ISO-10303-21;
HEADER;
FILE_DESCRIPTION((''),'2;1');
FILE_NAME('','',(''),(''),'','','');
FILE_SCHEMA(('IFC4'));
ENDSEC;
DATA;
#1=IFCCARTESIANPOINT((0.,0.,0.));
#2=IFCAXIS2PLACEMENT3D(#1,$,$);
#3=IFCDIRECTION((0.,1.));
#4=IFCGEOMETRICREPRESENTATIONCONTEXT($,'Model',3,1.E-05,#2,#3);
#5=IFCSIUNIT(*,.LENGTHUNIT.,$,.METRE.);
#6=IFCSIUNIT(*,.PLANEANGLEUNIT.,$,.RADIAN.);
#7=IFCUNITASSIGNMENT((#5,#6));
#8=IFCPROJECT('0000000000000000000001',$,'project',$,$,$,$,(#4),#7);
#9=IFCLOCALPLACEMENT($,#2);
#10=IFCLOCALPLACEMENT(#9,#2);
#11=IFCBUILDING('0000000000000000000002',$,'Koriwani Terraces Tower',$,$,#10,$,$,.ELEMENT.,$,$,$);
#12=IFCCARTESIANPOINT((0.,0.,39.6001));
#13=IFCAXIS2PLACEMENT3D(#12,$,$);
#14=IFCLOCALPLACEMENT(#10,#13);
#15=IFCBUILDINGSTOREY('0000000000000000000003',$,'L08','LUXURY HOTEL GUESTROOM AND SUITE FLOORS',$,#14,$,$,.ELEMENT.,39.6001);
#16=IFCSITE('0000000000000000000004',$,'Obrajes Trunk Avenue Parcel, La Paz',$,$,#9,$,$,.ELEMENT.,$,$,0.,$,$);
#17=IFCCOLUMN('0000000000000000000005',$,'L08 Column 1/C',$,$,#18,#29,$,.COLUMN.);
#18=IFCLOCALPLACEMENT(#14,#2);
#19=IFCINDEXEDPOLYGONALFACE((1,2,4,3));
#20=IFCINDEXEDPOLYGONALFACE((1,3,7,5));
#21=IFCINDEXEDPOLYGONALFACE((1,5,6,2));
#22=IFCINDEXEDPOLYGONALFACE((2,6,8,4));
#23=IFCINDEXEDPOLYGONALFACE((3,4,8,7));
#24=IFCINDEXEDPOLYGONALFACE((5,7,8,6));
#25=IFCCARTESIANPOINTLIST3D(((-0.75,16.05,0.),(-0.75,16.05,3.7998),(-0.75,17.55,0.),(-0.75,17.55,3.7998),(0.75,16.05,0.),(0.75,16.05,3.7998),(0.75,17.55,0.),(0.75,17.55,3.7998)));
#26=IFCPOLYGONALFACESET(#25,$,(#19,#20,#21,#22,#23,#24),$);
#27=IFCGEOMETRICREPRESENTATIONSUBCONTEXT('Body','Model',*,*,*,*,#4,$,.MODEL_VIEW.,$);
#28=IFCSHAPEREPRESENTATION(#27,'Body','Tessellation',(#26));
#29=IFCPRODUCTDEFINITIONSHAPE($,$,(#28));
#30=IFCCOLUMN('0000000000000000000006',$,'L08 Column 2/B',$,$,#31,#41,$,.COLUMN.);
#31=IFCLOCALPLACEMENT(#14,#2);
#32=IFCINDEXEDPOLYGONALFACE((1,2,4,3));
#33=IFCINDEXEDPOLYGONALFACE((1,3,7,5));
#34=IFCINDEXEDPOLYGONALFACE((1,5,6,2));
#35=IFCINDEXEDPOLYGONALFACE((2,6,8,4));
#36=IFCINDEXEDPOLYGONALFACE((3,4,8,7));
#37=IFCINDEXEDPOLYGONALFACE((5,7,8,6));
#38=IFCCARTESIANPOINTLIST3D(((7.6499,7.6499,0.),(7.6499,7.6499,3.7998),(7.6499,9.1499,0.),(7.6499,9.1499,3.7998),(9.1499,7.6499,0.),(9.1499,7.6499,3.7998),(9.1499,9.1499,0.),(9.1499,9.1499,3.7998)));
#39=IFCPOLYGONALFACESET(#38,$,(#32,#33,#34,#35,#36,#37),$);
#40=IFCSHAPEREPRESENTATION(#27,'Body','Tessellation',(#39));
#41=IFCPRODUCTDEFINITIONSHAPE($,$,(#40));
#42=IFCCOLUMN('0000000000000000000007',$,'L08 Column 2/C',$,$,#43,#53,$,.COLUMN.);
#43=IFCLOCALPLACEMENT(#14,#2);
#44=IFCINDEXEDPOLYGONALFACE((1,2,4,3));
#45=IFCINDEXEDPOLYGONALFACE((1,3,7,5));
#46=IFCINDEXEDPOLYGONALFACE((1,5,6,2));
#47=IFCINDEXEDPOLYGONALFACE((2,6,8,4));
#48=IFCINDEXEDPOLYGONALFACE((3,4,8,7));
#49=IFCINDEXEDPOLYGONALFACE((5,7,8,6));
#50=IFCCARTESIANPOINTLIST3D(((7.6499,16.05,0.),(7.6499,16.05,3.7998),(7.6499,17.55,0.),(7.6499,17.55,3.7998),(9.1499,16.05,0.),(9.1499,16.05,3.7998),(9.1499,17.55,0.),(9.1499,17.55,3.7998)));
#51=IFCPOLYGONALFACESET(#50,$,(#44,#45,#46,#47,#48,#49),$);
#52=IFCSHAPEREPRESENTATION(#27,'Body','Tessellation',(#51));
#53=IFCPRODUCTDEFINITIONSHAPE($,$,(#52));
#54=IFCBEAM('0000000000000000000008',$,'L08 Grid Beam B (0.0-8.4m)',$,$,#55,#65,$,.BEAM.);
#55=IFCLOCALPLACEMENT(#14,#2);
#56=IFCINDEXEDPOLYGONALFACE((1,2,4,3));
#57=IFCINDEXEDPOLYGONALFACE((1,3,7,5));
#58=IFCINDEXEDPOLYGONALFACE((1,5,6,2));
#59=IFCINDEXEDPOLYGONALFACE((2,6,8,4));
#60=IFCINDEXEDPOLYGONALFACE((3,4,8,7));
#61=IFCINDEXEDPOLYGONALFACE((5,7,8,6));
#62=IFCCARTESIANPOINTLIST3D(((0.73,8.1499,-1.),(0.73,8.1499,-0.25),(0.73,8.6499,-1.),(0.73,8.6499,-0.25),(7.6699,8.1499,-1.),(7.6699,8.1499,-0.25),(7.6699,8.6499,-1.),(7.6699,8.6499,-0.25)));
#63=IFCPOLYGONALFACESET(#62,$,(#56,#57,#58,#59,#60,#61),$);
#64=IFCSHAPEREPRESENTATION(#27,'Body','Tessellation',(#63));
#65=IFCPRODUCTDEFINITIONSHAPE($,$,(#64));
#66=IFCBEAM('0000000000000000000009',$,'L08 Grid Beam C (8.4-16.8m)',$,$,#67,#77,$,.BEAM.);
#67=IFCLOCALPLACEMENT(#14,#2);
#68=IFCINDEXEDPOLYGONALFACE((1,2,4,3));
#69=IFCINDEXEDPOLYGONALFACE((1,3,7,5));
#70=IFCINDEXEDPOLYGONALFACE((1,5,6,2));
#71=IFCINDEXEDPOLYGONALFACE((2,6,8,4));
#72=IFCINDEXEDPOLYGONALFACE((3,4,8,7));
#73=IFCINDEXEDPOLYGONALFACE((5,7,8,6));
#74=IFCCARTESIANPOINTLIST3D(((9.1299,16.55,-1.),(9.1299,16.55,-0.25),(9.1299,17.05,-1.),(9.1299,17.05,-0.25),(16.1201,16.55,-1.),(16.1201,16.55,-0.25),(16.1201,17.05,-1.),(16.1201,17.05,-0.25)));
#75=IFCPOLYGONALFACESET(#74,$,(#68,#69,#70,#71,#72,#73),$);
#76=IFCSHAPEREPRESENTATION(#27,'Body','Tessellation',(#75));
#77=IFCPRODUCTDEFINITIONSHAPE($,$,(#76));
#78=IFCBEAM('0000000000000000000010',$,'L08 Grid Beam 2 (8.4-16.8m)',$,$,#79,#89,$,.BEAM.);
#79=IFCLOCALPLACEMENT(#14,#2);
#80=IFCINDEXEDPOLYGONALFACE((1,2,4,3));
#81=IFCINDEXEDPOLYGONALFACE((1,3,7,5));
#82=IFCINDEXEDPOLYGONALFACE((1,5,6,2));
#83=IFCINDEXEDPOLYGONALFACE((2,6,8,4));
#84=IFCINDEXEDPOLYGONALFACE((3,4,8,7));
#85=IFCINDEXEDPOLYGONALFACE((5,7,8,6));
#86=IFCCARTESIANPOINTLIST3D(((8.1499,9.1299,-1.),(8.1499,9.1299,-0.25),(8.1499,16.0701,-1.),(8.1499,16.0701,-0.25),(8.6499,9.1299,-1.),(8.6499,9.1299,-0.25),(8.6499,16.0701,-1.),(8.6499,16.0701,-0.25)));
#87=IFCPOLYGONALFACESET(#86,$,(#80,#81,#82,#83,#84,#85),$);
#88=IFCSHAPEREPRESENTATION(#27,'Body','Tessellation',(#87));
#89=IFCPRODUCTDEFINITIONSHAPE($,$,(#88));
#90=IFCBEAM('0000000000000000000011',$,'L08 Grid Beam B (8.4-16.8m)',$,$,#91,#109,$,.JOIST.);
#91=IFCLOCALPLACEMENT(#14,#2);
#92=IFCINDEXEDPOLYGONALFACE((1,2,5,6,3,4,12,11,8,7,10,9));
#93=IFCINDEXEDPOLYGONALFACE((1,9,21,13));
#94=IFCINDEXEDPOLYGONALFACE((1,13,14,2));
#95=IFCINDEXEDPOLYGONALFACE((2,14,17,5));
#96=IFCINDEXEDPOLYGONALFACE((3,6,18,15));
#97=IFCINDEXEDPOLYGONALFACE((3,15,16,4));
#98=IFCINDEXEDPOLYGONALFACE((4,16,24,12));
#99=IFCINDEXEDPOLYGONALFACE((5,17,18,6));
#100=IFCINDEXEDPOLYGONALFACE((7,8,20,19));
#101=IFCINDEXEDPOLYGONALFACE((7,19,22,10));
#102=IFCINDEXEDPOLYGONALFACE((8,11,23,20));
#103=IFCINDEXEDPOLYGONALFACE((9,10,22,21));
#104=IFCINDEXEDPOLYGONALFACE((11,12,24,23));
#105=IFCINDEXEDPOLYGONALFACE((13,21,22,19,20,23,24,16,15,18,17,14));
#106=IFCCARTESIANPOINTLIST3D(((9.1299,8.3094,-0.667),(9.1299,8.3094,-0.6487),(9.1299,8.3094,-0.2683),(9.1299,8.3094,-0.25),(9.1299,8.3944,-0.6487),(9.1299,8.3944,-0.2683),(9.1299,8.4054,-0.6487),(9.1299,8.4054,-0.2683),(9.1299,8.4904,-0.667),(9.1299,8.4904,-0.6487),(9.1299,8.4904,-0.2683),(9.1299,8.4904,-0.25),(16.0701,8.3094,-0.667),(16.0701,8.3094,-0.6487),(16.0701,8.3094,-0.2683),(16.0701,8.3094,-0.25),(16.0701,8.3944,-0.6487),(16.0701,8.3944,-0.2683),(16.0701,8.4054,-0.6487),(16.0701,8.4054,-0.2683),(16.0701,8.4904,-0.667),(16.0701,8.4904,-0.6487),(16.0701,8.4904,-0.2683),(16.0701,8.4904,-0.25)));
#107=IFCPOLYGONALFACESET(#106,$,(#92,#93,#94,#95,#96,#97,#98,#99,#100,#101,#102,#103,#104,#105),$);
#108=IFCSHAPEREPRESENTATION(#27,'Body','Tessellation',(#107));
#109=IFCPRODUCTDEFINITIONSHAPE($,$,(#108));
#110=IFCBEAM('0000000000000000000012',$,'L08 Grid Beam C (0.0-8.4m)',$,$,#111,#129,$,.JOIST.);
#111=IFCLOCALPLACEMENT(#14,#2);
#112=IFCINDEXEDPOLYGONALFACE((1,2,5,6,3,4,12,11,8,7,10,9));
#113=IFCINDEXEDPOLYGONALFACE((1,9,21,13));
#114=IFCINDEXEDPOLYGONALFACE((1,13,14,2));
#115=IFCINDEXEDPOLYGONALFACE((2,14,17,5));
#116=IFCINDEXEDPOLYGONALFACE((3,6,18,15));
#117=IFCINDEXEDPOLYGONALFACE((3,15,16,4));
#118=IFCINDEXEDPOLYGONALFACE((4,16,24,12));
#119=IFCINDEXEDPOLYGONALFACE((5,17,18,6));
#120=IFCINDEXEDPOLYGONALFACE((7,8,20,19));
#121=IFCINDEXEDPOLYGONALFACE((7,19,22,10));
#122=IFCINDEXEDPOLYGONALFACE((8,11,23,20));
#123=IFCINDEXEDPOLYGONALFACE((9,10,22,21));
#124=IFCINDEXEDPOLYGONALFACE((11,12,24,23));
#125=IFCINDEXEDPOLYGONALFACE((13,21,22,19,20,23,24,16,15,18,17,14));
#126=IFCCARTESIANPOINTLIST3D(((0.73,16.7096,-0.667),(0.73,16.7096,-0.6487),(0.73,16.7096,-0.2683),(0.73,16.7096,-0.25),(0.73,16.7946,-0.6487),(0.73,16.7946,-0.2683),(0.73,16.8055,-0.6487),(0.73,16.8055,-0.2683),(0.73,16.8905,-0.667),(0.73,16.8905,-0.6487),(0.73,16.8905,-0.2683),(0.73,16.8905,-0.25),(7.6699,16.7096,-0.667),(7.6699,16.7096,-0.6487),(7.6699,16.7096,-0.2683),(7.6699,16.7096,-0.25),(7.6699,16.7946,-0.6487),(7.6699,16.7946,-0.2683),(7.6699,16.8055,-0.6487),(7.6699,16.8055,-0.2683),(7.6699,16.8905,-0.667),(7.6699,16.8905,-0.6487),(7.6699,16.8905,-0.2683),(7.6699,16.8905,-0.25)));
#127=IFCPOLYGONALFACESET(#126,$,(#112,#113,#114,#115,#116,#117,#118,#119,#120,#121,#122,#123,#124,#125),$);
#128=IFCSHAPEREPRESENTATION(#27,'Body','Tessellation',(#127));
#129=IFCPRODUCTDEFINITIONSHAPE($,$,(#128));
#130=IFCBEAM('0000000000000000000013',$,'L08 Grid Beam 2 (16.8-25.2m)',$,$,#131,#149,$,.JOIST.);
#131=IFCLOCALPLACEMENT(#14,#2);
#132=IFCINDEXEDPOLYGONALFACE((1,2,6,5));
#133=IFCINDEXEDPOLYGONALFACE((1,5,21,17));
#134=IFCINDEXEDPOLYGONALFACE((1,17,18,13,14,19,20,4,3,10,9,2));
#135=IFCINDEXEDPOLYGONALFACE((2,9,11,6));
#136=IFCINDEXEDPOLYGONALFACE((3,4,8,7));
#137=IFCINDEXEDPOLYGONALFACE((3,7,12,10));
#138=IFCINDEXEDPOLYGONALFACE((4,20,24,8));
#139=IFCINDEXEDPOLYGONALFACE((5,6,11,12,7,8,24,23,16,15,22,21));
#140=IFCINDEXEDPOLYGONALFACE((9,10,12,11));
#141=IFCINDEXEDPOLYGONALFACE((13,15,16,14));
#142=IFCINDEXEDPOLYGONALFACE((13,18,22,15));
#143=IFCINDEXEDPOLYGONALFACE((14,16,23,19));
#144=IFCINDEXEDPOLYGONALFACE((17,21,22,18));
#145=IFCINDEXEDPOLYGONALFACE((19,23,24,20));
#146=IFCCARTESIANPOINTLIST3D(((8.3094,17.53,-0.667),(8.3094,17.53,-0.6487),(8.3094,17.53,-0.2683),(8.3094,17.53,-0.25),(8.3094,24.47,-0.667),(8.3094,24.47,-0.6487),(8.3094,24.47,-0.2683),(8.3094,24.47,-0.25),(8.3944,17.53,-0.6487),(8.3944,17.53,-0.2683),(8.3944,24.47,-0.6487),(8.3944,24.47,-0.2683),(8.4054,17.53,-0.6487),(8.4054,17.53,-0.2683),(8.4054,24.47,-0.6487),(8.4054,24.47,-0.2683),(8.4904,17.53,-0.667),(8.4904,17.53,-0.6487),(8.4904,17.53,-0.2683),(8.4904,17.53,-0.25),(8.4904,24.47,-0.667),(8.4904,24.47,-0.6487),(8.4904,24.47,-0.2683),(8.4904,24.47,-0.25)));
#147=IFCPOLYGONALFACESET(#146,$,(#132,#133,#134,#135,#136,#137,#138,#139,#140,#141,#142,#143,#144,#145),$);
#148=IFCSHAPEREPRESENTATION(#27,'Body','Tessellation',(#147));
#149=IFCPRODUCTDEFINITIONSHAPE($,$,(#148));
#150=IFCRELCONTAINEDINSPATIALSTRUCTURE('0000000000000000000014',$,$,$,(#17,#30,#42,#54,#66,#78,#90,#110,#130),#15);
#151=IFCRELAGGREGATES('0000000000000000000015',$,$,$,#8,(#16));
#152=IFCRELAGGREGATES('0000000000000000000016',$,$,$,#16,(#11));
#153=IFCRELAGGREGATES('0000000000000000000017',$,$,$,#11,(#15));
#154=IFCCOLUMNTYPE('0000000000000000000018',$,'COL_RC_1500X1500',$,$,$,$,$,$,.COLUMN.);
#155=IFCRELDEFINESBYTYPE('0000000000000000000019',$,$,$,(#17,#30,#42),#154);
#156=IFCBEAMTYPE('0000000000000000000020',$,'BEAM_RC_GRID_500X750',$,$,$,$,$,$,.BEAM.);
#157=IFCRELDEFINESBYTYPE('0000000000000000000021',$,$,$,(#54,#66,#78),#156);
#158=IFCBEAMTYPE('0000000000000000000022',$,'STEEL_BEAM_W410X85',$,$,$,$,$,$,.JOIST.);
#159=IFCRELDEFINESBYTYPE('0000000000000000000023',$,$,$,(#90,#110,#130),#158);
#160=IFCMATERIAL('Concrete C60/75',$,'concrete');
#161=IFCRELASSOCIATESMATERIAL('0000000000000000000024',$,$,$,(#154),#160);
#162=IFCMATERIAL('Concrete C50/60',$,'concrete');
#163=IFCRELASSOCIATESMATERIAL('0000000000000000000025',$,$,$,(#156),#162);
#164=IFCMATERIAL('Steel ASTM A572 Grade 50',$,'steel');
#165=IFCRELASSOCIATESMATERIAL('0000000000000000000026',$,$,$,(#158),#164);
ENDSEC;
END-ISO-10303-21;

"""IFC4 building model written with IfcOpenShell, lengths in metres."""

from ifc_helpers import new_model, si_unit, direction, frame, origin, origin_2d, place, context, subcontext, project, spatial, rectangle, i_section, extrude, material, material_profile, profile_set, type_object, element, save


model = new_model("IFC4")

# Units and contexts
model_context = context("Model", 3, precision=1e-05, world=origin(), true_north=direction((0.0, 1.0)))
body_context = subcontext(model_context, "Body", "Model", "MODEL_VIEW")
ifc_project = project(units=[si_unit("LENGTHUNIT", "METRE"), si_unit("PLANEANGLEUNIT", "RADIAN")], contexts=[model_context])

# Site, building, storey
site_placement = place(None, origin())
site = spatial("IfcSite", under=ifc_project, at=site_placement, Name="Obrajes Trunk Avenue Parcel, La Paz", CompositionType="ELEMENT", RefElevation=0.0)
building_placement = place(site_placement, origin())
building = spatial("IfcBuilding", under=site, at=building_placement, Name="Koriwani Terraces Tower", CompositionType="ELEMENT")
storey_placement = place(building_placement, frame((0.0, 0.0, 39.6001)))
storey = spatial("IfcBuildingStorey", under=building, at=storey_placement, Name="L08", Description="LUXURY HOTEL GUESTROOM AND SUITE FLOORS", CompositionType="ELEMENT", Elevation=39.6001)

# Columns
ifc_material_1 = material(Name="Concrete C60/75", Category="concrete")
ifc_material_profile_1 = material_profile(ifc_material_1, rectangle(XDim=1.5, YDim=1.5, at=origin_2d()), Name="Concrete C60/75", Category="LoadBearing")
ifc_profile_set_1 = profile_set([ifc_material_profile_1], Name="Concrete C60/75")
column_type = type_object("IfcColumnType", Name="COL_RC_1500X1500", PredefinedType="COLUMN", material=ifc_profile_set_1)
for number, where, z_axis, x_axis, name in (
    (1, (0.0, 16.8, 0.0), (0.0, 0.0, 1.0), (1.0, 0.0, 0.0), "L08 Column 1/C"),
    (2, (8.3999, 8.3999, 0.0), (0.0, 0.0, 1.0), (1.0, 0.0, 0.0), "L08 Column 2/B"),
    (3, (8.3999, 16.8, 0.0), (0.0, 0.0, 1.0), (1.0, 0.0, 0.0), "L08 Column 2/C"),
):
    element("IfcColumn", number, at=place(storey_placement, frame(where, z_axis=z_axis, x_axis=x_axis)), inside=storey, type_object=column_type, Name=name, PredefinedType="COLUMN", context=body_context, shape_type="SweptSolid", body=[
        extrude(rectangle(XDim=1.5, YDim=1.5, at=origin_2d()), origin(), (0.0, 0.0, 1.0), 3.7998),
    ])

# Beams
ifc_material_2 = material(Name="Concrete C50/60", Category="concrete")
ifc_material_profile_2 = material_profile(ifc_material_2, rectangle(XDim=0.5, YDim=0.75, at=origin_2d()), Name="Concrete C50/60", Category="LoadBearing")
ifc_profile_set_2 = profile_set([ifc_material_profile_2], Name="Concrete C50/60")
beam_type_1 = type_object("IfcBeamType", Name="BEAM_RC_GRID_500X750", PredefinedType="BEAM", material=ifc_profile_set_2)
beam_1_placement = place(storey_placement, frame((0.73, 8.3999, -0.625), z_axis=(1.0, 0.0, 0.0), x_axis=(0.0, 1.0, 0.0)))
element("IfcBeam", 4, at=beam_1_placement, inside=storey, type_object=beam_type_1, Name="L08 Grid Beam B (0.0-8.4m)", PredefinedType="BEAM", context=body_context, shape_type="SweptSolid", body=[
    extrude(rectangle(XDim=0.5, YDim=0.75, at=origin_2d()), origin(), (0.0, 0.0, 1.0), 6.9399),
])
beam_2_placement = place(storey_placement, frame((9.1299, 16.8, -0.625), z_axis=(1.0, 0.0, 0.0), x_axis=(0.0, 1.0, 0.0)))
element("IfcBeam", 5, at=beam_2_placement, inside=storey, type_object=beam_type_1, Name="L08 Grid Beam C (8.4-16.8m)", PredefinedType="BEAM", context=body_context, shape_type="SweptSolid", body=[
    extrude(rectangle(XDim=0.5, YDim=0.75, at=origin_2d()), origin(), (0.0, 0.0, 1.0), 6.9902),
])
beam_3_placement = place(storey_placement, frame((8.3999, 9.1299, -0.625), z_axis=(0.0, 1.0, 0.0), x_axis=(-1.0, 0.0, 0.0)))
element("IfcBeam", 6, at=beam_3_placement, inside=storey, type_object=beam_type_1, Name="L08 Grid Beam 2 (8.4-16.8m)", PredefinedType="BEAM", context=body_context, shape_type="SweptSolid", body=[
    extrude(rectangle(XDim=0.5, YDim=0.75, at=origin_2d()), origin(), (0.0, 0.0, 1.0), 6.9402),
])
ifc_material_3 = material(Name="Steel ASTM A572 Grade 50", Category="steel")
ifc_material_profile_3 = material_profile(ifc_material_3, i_section(OverallWidth=0.1809, OverallDepth=0.417, WebThickness=0.011, FlangeThickness=0.0183, at=origin_2d()), Name="Steel ASTM A572 Grade 50", Category="LoadBearing")
ifc_profile_set_3 = profile_set([ifc_material_profile_3], Name="Steel ASTM A572 Grade 50")
beam_type_2 = type_object("IfcBeamType", Name="STEEL_BEAM_W410X85", PredefinedType="JOIST", material=ifc_profile_set_3)
beam_4_placement = place(storey_placement, frame((9.1299, 8.3999, -0.4585), z_axis=(1.0, 0.0, 0.0), x_axis=(0.0, 1.0, 0.0)))
element("IfcBeam", 7, at=beam_4_placement, inside=storey, type_object=beam_type_2, Name="L08 Grid Beam B (8.4-16.8m)", PredefinedType="JOIST", context=body_context, shape_type="SweptSolid", body=[
    extrude(i_section(OverallWidth=0.1809, OverallDepth=0.417, WebThickness=0.011, FlangeThickness=0.0183, at=origin_2d()), origin(), (0.0, 0.0, 1.0), 6.9402),
])
for number, where, z_axis, x_axis, name in (
    (8, (0.73, 16.8, -0.4585), (1.0, 0.0, 0.0), (0.0, 1.0, 0.0), "L08 Grid Beam C (0.0-8.4m)"),
    (9, (8.3999, 17.53, -0.4585), (0.0, 1.0, 0.0), (-1.0, 0.0, 0.0), "L08 Grid Beam 2 (16.8-25.2m)"),
):
    element("IfcBeam", number, at=place(storey_placement, frame(where, z_axis=z_axis, x_axis=x_axis)), inside=storey, type_object=beam_type_2, Name=name, PredefinedType="JOIST", context=body_context, shape_type="SweptSolid", body=[
        extrude(i_section(OverallWidth=0.1809, OverallDepth=0.417, WebThickness=0.011, FlangeThickness=0.0183, at=origin_2d()), origin(), (0.0, 0.0, 1.0), 6.9399),
    ])

save(model, "model.ifc")
